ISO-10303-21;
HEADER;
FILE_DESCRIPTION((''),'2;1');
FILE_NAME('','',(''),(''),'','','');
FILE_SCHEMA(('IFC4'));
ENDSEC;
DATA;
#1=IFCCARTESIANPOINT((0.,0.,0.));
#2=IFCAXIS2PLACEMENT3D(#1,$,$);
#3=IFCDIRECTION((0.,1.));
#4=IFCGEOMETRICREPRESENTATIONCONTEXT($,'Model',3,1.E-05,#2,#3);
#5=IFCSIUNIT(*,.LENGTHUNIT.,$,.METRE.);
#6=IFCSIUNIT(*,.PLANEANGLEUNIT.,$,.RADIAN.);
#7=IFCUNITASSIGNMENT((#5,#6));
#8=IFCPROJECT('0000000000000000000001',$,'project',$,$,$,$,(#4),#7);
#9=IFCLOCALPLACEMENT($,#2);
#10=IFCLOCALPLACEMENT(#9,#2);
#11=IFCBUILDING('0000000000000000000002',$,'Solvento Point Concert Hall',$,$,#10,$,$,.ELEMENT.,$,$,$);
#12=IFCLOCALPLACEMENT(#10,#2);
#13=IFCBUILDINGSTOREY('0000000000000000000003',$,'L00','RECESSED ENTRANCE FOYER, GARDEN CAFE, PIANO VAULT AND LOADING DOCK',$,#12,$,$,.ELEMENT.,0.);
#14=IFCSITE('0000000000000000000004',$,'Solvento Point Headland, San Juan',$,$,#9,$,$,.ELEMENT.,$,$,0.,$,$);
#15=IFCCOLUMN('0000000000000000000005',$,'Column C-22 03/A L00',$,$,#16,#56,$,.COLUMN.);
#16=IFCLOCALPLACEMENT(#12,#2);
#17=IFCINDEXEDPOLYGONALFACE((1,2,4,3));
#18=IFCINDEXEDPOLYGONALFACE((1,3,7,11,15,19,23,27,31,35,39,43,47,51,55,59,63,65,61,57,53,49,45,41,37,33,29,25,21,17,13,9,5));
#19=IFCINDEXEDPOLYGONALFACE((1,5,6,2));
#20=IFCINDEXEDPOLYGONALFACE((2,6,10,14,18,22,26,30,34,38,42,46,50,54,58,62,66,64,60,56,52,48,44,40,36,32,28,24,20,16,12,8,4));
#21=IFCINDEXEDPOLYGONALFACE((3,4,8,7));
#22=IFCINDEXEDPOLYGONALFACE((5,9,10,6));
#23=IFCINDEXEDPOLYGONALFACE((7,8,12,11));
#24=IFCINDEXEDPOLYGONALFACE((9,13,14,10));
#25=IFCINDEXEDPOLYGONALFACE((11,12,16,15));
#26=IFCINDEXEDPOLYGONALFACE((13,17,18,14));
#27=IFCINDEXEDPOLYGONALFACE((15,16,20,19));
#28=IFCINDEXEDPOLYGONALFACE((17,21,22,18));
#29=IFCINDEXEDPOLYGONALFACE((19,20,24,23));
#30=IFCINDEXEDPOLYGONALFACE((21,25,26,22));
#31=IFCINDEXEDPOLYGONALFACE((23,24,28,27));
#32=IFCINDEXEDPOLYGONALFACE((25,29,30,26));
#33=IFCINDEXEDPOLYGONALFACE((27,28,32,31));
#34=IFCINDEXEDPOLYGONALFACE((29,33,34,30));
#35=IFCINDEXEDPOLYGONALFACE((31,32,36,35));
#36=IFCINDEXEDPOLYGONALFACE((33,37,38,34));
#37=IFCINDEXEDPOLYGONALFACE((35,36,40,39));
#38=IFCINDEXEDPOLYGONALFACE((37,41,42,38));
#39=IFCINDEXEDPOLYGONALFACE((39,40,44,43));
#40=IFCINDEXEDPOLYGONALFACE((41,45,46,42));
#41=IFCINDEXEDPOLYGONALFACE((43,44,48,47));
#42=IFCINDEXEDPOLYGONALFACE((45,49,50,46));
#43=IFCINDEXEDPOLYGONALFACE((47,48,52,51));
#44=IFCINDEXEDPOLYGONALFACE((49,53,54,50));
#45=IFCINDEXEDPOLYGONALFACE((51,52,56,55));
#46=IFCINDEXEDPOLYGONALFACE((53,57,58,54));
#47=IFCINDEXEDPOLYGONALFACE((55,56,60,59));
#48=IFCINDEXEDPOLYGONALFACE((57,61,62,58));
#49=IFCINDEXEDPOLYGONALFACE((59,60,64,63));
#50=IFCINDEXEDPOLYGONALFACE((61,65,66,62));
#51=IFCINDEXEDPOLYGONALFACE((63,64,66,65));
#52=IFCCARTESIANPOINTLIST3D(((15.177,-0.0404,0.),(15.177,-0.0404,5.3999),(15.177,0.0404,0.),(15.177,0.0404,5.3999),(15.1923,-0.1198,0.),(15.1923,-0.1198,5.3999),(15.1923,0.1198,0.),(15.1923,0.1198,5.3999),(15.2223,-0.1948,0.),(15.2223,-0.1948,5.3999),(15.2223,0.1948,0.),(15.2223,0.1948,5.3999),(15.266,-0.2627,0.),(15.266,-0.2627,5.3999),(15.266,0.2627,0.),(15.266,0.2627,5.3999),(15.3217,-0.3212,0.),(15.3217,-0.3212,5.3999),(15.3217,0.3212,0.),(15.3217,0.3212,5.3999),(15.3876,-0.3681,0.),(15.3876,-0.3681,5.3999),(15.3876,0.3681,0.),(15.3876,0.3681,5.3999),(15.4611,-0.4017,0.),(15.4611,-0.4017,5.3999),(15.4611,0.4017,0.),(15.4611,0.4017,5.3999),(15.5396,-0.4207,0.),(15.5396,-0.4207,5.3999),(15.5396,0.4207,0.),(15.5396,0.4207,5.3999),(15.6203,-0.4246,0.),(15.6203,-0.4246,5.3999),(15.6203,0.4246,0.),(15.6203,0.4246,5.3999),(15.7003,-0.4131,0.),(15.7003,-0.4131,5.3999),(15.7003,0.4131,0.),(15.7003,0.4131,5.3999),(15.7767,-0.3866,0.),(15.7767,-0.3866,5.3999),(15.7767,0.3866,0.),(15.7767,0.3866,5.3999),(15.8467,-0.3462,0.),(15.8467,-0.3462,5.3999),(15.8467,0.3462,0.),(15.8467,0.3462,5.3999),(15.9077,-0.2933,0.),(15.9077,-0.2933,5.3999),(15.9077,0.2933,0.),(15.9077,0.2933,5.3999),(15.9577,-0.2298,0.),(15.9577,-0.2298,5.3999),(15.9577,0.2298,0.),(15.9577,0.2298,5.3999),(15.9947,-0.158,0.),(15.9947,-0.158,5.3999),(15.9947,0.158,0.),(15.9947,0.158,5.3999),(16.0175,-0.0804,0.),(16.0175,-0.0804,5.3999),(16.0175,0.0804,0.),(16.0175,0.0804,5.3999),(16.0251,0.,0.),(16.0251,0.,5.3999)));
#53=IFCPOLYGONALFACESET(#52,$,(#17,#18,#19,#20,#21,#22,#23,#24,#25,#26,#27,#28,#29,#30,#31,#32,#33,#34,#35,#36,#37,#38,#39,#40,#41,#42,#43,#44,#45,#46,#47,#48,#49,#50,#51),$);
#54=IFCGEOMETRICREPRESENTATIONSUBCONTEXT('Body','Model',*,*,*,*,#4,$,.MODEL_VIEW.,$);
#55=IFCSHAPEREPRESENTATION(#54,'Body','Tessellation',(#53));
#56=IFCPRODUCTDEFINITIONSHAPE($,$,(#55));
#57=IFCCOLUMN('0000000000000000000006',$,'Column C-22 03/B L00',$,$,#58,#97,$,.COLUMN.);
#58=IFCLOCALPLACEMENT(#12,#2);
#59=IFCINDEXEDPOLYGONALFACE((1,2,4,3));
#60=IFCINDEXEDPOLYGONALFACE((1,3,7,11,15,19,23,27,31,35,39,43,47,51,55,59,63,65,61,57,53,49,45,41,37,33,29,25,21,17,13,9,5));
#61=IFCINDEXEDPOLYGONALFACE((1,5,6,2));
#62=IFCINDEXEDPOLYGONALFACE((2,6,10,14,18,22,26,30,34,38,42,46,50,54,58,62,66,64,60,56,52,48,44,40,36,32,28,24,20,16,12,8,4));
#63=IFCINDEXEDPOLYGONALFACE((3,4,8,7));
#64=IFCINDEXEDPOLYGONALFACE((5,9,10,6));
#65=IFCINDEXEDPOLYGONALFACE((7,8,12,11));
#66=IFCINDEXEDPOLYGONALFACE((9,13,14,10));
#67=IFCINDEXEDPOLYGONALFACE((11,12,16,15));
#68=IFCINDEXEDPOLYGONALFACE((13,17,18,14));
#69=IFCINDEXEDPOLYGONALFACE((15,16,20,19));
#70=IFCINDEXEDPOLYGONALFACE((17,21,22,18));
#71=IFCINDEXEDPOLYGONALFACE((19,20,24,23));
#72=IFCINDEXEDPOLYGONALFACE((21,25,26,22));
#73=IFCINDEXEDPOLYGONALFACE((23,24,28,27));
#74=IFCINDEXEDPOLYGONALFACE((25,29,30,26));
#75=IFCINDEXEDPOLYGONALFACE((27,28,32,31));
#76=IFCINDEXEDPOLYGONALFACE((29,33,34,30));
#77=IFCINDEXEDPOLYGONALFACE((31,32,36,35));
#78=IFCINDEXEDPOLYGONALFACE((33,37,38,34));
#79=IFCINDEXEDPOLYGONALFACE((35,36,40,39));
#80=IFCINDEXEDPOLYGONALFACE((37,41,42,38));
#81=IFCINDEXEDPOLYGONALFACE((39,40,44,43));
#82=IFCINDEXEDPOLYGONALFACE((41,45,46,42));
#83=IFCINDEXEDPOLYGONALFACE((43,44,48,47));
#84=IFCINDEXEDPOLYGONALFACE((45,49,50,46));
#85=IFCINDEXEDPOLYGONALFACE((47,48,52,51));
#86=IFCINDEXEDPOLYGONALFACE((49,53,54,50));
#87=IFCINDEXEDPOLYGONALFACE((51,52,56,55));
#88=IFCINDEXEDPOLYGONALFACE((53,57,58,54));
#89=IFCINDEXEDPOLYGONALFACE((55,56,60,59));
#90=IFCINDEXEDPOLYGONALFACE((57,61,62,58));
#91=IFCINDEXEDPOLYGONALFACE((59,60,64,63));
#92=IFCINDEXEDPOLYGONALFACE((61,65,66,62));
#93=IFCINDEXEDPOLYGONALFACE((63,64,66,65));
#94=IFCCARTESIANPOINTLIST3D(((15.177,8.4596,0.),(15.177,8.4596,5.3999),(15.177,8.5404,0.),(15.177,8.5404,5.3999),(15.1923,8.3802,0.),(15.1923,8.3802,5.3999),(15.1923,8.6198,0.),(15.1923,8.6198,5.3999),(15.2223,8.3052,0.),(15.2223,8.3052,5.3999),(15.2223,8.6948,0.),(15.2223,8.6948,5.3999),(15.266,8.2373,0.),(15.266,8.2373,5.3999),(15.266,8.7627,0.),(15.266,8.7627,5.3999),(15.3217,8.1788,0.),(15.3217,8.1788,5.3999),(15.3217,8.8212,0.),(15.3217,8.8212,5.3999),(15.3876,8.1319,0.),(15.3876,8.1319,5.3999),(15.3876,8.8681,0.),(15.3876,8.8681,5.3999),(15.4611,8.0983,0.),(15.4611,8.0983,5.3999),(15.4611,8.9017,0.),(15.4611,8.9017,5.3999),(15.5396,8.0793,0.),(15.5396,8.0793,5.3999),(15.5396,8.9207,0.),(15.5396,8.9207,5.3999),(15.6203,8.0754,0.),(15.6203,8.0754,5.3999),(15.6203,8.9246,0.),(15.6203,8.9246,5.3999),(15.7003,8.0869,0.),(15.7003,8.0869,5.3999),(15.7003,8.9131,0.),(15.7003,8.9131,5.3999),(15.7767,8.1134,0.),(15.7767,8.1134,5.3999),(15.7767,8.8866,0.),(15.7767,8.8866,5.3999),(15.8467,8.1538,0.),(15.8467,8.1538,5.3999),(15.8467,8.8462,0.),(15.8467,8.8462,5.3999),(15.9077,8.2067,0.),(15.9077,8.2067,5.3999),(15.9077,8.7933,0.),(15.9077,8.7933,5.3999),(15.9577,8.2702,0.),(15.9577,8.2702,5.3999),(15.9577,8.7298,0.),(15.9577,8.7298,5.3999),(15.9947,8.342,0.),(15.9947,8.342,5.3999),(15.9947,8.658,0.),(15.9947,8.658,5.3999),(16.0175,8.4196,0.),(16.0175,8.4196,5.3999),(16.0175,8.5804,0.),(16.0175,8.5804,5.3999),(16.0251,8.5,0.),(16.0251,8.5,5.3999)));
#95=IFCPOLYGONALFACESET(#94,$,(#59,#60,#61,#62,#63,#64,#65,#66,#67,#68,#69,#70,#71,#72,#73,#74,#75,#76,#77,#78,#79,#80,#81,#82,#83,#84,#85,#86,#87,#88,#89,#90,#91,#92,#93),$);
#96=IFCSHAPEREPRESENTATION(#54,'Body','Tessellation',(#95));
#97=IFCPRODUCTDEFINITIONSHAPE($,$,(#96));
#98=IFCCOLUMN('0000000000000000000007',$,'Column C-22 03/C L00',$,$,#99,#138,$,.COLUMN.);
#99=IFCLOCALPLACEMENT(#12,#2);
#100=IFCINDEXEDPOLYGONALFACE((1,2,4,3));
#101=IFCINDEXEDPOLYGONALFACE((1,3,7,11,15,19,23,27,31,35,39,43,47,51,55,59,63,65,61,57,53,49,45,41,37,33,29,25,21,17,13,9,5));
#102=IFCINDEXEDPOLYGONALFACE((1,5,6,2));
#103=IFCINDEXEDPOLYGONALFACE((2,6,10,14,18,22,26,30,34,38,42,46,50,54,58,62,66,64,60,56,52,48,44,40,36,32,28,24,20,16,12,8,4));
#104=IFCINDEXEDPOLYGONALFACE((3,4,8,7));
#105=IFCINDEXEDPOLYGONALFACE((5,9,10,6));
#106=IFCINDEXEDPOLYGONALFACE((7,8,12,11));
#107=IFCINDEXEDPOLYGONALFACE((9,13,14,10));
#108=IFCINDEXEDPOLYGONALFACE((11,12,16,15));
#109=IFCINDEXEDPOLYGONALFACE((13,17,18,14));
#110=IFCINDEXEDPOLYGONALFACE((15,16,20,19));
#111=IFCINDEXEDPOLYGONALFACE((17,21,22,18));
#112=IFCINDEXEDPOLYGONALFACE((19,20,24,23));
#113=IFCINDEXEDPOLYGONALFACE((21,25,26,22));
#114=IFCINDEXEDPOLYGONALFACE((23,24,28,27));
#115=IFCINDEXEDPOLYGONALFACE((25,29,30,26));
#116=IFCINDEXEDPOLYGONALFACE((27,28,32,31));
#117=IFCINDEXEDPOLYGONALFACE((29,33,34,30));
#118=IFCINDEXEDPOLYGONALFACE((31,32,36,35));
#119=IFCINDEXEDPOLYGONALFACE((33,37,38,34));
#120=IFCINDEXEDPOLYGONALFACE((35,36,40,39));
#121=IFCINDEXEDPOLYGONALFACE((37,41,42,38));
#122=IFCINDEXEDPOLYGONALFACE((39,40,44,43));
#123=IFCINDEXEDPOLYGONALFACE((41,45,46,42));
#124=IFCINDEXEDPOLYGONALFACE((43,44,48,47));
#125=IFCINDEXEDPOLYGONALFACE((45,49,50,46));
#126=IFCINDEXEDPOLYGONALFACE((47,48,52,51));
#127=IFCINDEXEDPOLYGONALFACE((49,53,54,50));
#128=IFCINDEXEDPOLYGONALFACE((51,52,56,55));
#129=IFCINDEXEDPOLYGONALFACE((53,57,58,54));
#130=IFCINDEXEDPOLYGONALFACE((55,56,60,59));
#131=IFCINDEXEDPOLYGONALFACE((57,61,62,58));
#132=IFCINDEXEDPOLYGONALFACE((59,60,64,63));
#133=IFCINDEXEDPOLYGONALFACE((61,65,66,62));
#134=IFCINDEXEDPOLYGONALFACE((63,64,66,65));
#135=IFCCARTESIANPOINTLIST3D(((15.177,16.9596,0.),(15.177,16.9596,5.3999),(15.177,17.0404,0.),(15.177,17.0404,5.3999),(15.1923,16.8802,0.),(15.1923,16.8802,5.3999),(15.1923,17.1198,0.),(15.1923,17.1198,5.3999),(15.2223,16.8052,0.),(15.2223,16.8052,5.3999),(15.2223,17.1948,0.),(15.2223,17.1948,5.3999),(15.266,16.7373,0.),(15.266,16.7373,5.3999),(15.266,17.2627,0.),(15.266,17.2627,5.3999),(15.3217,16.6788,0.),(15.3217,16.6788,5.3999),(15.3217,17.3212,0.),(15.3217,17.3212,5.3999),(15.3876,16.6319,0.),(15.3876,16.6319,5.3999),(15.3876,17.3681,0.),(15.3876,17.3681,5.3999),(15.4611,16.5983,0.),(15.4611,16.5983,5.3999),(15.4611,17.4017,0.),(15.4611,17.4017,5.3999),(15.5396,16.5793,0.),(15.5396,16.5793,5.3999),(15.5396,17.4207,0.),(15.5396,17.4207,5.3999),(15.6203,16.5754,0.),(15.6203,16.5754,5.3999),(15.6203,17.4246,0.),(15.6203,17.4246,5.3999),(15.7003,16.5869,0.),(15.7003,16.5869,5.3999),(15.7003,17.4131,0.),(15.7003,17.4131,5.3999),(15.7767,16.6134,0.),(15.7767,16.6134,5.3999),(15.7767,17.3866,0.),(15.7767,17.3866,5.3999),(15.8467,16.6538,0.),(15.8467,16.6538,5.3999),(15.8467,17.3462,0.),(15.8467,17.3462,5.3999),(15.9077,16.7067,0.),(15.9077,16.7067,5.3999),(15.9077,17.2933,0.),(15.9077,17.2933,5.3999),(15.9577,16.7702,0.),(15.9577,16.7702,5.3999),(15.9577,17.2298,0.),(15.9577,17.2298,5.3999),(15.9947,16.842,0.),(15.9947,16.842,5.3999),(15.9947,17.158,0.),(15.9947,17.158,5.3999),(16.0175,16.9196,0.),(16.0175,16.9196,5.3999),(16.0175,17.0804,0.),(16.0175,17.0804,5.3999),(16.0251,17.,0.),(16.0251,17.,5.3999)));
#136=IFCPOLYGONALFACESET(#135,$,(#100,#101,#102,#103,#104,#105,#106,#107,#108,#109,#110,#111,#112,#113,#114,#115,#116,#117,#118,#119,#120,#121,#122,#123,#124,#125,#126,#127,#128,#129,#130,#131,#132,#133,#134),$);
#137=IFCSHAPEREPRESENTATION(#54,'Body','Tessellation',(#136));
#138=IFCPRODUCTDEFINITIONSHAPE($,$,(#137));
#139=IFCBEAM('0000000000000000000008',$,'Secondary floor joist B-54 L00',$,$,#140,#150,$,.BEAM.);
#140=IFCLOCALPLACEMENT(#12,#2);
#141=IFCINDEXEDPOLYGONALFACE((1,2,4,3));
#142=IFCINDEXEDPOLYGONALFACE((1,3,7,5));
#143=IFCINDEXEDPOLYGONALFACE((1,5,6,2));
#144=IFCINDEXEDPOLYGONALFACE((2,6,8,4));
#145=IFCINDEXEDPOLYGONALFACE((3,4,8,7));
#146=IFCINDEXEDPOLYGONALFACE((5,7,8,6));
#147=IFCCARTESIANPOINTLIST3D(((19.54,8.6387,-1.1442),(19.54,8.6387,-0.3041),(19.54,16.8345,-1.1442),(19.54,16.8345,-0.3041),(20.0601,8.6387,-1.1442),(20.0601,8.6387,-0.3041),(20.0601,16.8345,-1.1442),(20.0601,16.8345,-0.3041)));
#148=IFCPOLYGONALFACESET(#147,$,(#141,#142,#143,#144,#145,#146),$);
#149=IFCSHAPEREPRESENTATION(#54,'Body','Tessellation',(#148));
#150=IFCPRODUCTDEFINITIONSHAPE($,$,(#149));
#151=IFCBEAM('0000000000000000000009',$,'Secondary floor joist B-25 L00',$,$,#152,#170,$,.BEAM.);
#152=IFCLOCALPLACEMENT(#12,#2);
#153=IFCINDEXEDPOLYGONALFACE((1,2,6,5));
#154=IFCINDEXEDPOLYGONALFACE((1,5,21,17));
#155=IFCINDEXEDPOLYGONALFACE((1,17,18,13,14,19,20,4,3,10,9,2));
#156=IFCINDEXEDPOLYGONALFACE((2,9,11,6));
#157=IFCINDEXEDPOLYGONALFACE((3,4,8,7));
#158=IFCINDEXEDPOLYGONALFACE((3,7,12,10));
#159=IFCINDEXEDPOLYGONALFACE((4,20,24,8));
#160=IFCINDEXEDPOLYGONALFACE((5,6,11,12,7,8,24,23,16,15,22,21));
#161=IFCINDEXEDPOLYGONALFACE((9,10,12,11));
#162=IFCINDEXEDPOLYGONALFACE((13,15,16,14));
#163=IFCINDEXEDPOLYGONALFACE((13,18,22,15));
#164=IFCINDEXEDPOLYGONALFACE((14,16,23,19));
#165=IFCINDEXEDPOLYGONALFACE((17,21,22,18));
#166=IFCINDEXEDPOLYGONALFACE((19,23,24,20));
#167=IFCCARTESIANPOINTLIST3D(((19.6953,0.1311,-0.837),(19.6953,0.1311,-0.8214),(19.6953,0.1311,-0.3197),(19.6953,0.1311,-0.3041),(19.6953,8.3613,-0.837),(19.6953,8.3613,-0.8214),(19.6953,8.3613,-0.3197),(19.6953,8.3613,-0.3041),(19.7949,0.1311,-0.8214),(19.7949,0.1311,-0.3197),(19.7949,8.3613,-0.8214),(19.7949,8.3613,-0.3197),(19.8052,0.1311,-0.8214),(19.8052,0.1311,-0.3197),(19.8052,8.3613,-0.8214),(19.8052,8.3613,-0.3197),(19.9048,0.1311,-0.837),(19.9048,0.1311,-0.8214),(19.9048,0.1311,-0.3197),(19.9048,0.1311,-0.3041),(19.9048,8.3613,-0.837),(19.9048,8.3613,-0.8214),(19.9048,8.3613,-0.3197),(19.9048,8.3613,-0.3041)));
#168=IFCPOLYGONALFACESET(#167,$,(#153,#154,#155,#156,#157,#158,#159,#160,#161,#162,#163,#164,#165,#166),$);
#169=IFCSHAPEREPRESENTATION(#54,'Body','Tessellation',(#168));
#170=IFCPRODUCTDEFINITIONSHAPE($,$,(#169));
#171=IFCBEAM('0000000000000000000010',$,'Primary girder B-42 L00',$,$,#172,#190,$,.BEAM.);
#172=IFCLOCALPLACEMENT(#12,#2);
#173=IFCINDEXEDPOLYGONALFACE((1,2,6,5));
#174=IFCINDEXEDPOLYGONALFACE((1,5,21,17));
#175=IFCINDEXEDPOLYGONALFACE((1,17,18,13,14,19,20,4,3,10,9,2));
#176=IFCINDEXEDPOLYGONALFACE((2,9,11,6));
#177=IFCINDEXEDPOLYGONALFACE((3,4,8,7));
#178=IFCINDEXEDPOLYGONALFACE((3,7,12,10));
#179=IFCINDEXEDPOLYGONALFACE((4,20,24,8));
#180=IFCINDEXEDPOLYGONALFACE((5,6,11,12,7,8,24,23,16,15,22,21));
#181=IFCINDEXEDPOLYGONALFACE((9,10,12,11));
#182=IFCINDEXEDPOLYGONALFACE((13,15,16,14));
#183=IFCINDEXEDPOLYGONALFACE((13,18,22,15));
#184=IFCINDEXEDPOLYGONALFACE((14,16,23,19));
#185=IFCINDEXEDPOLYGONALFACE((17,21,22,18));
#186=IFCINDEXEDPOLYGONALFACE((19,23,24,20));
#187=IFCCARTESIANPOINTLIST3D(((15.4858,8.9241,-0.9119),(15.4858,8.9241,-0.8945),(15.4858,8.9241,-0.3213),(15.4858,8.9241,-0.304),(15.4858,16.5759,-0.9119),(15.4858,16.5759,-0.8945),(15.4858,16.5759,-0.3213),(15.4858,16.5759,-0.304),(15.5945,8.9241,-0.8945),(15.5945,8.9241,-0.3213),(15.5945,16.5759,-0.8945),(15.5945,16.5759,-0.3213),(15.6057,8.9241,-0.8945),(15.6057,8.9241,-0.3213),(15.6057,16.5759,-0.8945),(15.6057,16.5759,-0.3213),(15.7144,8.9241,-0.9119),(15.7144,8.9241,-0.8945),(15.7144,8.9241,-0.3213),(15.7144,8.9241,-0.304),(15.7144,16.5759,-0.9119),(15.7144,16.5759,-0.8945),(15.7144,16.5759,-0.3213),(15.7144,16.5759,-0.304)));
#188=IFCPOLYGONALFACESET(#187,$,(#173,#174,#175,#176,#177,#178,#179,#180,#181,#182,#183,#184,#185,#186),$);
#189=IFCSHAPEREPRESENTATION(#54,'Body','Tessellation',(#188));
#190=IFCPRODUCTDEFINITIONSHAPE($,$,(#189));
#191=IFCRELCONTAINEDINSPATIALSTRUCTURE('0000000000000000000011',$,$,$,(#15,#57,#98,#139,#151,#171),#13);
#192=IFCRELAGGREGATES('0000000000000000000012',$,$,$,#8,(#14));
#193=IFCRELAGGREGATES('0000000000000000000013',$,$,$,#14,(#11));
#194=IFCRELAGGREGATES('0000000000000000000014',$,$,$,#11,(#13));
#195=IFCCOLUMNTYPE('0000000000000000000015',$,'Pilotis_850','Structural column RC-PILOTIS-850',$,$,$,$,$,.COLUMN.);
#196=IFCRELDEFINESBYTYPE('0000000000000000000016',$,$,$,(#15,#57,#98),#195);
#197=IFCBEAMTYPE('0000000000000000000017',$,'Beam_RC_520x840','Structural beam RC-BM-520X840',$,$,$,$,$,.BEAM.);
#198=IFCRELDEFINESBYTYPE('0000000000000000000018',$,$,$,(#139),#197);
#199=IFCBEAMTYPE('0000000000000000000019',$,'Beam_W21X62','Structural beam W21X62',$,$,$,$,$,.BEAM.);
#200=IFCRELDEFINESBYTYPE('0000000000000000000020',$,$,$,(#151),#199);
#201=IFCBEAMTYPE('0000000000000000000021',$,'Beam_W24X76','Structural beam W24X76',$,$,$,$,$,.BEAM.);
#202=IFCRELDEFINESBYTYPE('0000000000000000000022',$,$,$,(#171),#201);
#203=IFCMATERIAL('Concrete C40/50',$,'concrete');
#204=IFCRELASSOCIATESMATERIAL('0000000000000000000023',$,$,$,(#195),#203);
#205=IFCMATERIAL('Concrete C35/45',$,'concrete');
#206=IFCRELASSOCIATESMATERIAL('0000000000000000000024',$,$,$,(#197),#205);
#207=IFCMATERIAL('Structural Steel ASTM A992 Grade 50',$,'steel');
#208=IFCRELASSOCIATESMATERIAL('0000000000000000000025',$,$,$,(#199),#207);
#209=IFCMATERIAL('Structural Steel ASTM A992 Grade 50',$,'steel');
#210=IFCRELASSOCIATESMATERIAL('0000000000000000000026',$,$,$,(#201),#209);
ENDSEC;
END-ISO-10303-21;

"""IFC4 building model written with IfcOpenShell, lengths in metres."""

from ifc_helpers import new_model, si_unit, direction, frame, origin, origin_2d, place, context, subcontext, project, spatial, rectangle, circle, i_section, extrude, material, material_profile, profile_set, type_object, element, save


model = new_model("IFC4")

# Units and contexts
model_context = context("Model", 3, precision=1e-05, world=origin(), true_north=direction((0.0, 1.0)))
body_context = subcontext(model_context, "Body", "Model", "MODEL_VIEW")
ifc_project = project(units=[si_unit("LENGTHUNIT", "METRE"), si_unit("PLANEANGLEUNIT", "RADIAN")], contexts=[model_context])

# Site, building, storey
site_placement = place(None, origin())
site = spatial("IfcSite", under=ifc_project, at=site_placement, Name="Solvento Point Headland, San Juan", CompositionType="ELEMENT", RefElevation=0.0)
building_placement = place(site_placement, origin())
building = spatial("IfcBuilding", under=site, at=building_placement, Name="Solvento Point Concert Hall", CompositionType="ELEMENT")
storey_placement = place(building_placement, origin())
storey = spatial("IfcBuildingStorey", under=building, at=storey_placement, Name="L00", Description="RECESSED ENTRANCE FOYER, GARDEN CAFE, PIANO VAULT AND LOADING DOCK", CompositionType="ELEMENT", Elevation=0.0)

# Columns
ifc_material_1 = material(Name="Concrete C40/50", Category="concrete")
ifc_material_profile_1 = material_profile(ifc_material_1, circle(Radius=0.425, at=origin_2d()), Name="RC-PILOTIS-850")
ifc_profile_set_1 = profile_set([ifc_material_profile_1], Name="Concrete C40/50")
column_type = type_object("IfcColumnType", Name="Pilotis_850", Description="Structural column RC-PILOTIS-850", PredefinedType="COLUMN", material=ifc_profile_set_1)
for number, where, z_axis, x_axis, name in (
    (1, (15.6001, 0.0, 0.0), (0.0, 0.0, 1.0), (1.0, 0.0, 0.0), "Column C-22 03/A L00"),
    (2, (15.6001, 8.5, 0.0), (0.0, 0.0, 1.0), (1.0, 0.0, 0.0), "Column C-22 03/B L00"),
    (3, (15.6001, 17.0, 0.0), (0.0, 0.0, 1.0), (1.0, 0.0, 0.0), "Column C-22 03/C L00"),
):
    element("IfcColumn", number, at=place(storey_placement, frame(where, z_axis=z_axis, x_axis=x_axis)), inside=storey, type_object=column_type, Name=name, PredefinedType="COLUMN", context=body_context, shape_type="SweptSolid", body=[
        extrude(circle(Radius=0.425, at=origin_2d()), origin(), (0.0, 0.0, 1.0), 5.3999),
    ])

# Beams
ifc_material_2 = material(Name="Concrete C35/45", Category="concrete")
ifc_material_profile_2 = material_profile(ifc_material_2, rectangle(XDim=0.52, YDim=0.8401, at=origin_2d()), Name="RC-BM-520X840")
ifc_profile_set_2 = profile_set([ifc_material_profile_2], Name="Concrete C35/45")
beam_type_1 = type_object("IfcBeamType", Name="Beam_RC_520x840", Description="Structural beam RC-BM-520X840", PredefinedType="BEAM", material=ifc_profile_set_2)
beam_1_placement = place(storey_placement, frame((19.8, 8.6387, -0.7241), z_axis=(0.0, 1.0, 0.0), x_axis=(-1.0, 0.0, 0.0)))
element("IfcBeam", 4, at=beam_1_placement, inside=storey, type_object=beam_type_1, Name="Secondary floor joist B-54 L00", PredefinedType="BEAM", context=body_context, shape_type="SweptSolid", body=[
    extrude(rectangle(XDim=0.52, YDim=0.8401, at=origin_2d()), origin(), (0.0, 0.0, 1.0), 8.1958),
])
ifc_material_3 = material(Name="Structural Steel ASTM A992 Grade 50", Category="steel")
ifc_material_profile_3 = material_profile(ifc_material_3, i_section(OverallWidth=0.2095, OverallDepth=0.533, WebThickness=0.0103, FlangeThickness=0.0156, at=origin_2d()), Name="W21X62")
ifc_profile_set_3 = profile_set([ifc_material_profile_3], Name="Structural Steel ASTM A992 Grade 50")
beam_type_2 = type_object("IfcBeamType", Name="Beam_W21X62", Description="Structural beam W21X62", PredefinedType="BEAM", material=ifc_profile_set_3)
beam_2_placement = place(storey_placement, frame((19.8, 0.1311, -0.5706), z_axis=(0.0, 1.0, 0.0), x_axis=(-1.0, 0.0, 0.0)))
element("IfcBeam", 5, at=beam_2_placement, inside=storey, type_object=beam_type_2, Name="Secondary floor joist B-25 L00", PredefinedType="BEAM", context=body_context, shape_type="SweptSolid", body=[
    extrude(i_section(OverallWidth=0.2095, OverallDepth=0.533, WebThickness=0.0103, FlangeThickness=0.0156, at=origin_2d()), origin(), (0.0, 0.0, 1.0), 8.2302),
])
ifc_material_4 = material(Name="Structural Steel ASTM A992 Grade 50", Category="steel")
ifc_material_profile_4 = material_profile(ifc_material_4, i_section(OverallWidth=0.2285, OverallDepth=0.6079, WebThickness=0.0112, FlangeThickness=0.0173, at=origin_2d()), Name="W24X76")
ifc_profile_set_4 = profile_set([ifc_material_profile_4], Name="Structural Steel ASTM A992 Grade 50")
beam_type_3 = type_object("IfcBeamType", Name="Beam_W24X76", Description="Structural beam W24X76", PredefinedType="BEAM", material=ifc_profile_set_4)
beam_3_placement = place(storey_placement, frame((15.6001, 8.9241, -0.6079), z_axis=(0.0, 1.0, 0.0), x_axis=(-1.0, 0.0, 0.0)))
element("IfcBeam", 6, at=beam_3_placement, inside=storey, type_object=beam_type_3, Name="Primary girder B-42 L00", PredefinedType="BEAM", context=body_context, shape_type="SweptSolid", body=[
    extrude(i_section(OverallWidth=0.2285, OverallDepth=0.6079, WebThickness=0.0112, FlangeThickness=0.0173, at=origin_2d()), origin(), (0.0, 0.0, 1.0), 7.6519),
])

save(model, "model.ifc")
